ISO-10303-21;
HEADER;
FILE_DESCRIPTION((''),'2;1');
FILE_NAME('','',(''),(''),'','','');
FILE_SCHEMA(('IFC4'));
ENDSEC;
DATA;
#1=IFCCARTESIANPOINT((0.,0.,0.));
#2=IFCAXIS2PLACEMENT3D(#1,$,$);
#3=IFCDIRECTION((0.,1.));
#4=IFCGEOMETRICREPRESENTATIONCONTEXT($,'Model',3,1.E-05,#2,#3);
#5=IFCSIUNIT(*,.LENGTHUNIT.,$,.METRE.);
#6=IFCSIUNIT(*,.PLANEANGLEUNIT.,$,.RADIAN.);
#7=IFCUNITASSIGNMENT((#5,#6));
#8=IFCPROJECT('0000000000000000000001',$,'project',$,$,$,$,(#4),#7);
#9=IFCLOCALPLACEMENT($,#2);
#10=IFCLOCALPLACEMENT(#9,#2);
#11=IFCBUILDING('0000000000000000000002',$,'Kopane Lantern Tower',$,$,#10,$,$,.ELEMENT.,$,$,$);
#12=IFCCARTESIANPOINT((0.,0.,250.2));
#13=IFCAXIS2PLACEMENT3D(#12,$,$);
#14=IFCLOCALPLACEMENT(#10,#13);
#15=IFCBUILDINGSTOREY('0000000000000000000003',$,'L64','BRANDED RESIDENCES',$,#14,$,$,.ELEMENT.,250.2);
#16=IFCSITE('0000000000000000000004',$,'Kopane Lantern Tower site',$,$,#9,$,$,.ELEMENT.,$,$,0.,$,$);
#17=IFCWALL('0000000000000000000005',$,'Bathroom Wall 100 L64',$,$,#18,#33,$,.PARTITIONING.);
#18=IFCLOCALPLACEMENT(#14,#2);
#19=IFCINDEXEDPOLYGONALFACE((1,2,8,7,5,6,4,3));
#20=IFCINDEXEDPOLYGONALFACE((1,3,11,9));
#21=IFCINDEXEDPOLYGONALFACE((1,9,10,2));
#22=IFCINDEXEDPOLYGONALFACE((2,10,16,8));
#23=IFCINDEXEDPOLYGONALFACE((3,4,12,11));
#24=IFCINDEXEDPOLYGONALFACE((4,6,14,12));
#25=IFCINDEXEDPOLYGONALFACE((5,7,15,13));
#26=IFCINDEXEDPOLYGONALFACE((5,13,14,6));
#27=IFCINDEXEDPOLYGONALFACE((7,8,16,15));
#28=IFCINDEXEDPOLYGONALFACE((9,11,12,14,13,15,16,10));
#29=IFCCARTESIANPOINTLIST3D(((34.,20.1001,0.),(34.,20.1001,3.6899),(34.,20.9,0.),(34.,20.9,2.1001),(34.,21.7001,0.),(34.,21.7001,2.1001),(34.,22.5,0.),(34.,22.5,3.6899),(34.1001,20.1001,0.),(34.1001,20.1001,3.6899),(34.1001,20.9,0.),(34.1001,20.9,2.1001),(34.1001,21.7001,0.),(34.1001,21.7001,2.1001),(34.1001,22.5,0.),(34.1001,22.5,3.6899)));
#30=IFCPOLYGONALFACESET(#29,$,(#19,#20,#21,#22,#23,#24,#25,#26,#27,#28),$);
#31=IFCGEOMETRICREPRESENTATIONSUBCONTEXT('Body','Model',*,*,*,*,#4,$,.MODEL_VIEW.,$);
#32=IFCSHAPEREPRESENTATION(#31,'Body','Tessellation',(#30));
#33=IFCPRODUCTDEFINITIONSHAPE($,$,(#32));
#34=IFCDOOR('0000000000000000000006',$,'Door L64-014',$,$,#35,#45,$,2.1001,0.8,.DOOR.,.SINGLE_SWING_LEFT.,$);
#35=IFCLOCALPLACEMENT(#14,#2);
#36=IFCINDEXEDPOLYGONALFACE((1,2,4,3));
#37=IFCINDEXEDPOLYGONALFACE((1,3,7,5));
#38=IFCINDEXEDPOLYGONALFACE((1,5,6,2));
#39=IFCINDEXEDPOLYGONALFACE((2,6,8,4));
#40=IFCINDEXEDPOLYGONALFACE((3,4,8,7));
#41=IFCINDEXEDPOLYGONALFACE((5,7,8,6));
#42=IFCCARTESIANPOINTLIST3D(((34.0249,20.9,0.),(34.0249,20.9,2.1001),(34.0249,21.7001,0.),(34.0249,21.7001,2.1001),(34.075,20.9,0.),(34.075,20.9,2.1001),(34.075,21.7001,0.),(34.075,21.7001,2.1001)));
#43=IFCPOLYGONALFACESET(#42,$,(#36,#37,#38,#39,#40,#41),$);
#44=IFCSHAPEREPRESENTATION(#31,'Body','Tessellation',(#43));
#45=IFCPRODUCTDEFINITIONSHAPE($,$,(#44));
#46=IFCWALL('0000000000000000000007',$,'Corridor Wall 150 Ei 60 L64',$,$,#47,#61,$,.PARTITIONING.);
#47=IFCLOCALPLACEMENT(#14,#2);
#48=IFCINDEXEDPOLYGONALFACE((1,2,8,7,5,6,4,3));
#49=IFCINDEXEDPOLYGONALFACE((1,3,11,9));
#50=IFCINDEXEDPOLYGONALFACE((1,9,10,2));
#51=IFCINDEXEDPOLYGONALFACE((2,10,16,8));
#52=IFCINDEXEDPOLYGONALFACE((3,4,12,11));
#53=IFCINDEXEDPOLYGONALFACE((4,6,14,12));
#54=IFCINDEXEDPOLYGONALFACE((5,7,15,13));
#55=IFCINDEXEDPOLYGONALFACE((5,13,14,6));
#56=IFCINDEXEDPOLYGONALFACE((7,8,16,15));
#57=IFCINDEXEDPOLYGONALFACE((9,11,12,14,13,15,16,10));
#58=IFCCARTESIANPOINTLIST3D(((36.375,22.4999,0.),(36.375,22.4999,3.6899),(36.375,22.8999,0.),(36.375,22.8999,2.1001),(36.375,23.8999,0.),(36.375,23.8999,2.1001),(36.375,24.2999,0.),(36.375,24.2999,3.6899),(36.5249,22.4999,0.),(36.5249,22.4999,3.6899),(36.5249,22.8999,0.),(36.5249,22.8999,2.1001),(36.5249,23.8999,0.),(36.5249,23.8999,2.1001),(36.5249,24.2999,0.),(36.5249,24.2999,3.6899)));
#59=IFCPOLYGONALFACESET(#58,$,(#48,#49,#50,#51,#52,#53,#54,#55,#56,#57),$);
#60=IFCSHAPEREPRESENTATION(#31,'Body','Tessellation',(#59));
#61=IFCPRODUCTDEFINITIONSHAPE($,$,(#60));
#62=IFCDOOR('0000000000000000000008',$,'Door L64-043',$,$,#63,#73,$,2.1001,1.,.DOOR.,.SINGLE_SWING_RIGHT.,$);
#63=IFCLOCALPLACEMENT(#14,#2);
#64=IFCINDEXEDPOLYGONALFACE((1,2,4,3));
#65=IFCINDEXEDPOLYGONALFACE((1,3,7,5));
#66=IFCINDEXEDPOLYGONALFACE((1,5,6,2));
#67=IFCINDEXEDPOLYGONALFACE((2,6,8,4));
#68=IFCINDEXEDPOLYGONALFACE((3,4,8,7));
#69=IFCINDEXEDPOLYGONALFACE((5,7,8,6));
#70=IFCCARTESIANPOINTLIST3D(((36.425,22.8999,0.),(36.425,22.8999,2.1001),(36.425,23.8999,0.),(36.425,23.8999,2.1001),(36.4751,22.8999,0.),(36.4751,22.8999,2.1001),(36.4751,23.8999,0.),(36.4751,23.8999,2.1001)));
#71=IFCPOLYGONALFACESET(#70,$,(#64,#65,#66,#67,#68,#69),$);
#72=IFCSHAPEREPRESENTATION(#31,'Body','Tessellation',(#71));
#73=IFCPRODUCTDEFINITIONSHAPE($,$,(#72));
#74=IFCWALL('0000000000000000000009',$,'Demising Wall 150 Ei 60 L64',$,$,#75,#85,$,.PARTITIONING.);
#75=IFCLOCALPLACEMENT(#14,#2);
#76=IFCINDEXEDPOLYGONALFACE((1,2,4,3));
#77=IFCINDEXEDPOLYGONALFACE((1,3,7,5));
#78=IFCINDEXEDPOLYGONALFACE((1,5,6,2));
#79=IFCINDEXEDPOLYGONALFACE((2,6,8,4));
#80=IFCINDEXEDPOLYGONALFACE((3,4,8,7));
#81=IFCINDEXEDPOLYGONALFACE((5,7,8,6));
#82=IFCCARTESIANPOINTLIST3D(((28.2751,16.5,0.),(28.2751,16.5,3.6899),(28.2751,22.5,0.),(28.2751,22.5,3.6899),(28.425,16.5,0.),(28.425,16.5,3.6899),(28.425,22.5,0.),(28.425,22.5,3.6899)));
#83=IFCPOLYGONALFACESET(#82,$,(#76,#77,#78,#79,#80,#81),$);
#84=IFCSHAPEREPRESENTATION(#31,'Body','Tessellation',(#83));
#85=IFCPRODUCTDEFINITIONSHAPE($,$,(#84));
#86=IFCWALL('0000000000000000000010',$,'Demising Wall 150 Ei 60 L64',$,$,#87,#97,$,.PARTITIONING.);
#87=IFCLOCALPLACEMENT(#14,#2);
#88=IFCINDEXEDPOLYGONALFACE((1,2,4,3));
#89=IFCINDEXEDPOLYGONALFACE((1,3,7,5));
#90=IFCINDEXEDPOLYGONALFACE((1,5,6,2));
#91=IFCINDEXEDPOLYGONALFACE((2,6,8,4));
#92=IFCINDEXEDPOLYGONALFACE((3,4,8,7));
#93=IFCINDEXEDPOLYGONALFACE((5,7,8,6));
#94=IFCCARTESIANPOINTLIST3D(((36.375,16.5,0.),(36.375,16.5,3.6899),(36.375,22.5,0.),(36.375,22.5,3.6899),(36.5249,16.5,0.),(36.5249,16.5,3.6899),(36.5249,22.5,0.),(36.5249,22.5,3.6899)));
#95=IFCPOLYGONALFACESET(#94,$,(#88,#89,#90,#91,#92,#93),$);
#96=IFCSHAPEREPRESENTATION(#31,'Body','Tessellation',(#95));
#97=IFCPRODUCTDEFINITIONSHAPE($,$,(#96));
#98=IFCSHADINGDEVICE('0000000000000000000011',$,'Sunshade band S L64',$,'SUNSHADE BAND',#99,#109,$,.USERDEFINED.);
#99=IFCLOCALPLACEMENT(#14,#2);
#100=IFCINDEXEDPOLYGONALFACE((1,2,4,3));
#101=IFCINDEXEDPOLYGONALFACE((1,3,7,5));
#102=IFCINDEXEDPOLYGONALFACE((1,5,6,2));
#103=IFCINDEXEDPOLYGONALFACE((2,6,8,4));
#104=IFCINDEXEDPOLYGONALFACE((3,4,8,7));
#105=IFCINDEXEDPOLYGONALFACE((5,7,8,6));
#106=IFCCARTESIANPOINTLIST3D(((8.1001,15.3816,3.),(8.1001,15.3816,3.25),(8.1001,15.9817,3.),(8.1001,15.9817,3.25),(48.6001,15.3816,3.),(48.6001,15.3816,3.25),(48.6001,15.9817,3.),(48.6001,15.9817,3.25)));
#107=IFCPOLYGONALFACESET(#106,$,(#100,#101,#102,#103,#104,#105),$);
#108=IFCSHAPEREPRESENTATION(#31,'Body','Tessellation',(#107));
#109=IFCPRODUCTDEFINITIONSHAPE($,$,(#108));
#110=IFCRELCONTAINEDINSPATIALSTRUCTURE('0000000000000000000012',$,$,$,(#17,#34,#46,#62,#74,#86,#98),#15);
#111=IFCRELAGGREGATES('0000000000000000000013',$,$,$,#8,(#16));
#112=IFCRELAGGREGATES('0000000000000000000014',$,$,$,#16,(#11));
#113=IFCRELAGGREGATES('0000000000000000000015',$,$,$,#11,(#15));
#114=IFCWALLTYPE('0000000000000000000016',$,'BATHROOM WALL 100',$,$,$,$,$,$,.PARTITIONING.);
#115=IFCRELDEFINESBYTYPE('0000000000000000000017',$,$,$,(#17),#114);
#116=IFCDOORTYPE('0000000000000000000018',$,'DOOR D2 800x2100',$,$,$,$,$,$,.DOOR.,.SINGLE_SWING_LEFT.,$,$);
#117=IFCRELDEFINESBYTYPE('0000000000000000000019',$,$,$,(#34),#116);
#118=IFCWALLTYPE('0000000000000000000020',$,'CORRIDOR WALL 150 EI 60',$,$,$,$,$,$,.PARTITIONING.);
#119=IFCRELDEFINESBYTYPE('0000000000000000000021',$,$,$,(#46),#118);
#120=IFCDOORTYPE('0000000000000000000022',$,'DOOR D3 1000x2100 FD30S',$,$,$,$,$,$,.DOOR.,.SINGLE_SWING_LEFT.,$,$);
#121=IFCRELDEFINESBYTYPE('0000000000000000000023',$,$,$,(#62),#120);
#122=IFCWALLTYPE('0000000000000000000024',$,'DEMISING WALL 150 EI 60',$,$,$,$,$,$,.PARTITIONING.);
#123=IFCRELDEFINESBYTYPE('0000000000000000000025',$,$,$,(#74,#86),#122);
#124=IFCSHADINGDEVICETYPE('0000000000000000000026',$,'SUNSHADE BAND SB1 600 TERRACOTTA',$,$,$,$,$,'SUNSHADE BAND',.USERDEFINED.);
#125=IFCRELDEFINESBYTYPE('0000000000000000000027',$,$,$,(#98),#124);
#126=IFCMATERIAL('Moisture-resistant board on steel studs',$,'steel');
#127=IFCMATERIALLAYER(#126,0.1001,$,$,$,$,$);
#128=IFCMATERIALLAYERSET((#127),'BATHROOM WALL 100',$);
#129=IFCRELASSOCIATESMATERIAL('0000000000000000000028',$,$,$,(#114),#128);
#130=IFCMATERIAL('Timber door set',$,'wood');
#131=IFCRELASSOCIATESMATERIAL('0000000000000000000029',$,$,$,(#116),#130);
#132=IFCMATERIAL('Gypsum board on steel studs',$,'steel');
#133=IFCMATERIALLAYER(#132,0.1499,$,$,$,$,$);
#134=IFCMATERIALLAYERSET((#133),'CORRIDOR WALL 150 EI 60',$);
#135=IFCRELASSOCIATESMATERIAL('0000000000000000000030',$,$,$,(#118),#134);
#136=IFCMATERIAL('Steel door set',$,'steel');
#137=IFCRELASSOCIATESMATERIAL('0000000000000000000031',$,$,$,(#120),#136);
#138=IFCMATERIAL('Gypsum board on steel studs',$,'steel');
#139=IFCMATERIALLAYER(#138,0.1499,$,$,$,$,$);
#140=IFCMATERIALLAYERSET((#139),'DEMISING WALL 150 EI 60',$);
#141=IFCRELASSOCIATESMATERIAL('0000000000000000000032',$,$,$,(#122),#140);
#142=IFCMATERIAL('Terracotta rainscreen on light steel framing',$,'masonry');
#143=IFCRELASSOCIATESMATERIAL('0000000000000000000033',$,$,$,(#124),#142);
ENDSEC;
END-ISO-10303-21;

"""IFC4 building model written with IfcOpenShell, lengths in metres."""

from ifc_helpers import new_model, si_unit, direction, frame, frame_2d, origin, origin_2d, place, context, subcontext, project, spatial, rectangle, extrude, material, layer, layer_set, type_object, element, fill, save


model = new_model("IFC4")

# Units and contexts
model_context = context("Model", 3, precision=1e-05, world=origin(), true_north=direction((0.0, 1.0)))
body_context = subcontext(model_context, "Body", "Model", "MODEL_VIEW")
ifc_project = project(units=[si_unit("LENGTHUNIT", "METRE"), si_unit("PLANEANGLEUNIT", "RADIAN")], contexts=[model_context])

# Site, building, storey
site_placement = place(None, origin())
site = spatial("IfcSite", under=ifc_project, at=site_placement, Name="Kopane Lantern Tower site", CompositionType="ELEMENT", RefElevation=0.0)
building_placement = place(site_placement, origin())
building = spatial("IfcBuilding", under=site, at=building_placement, Name="Kopane Lantern Tower", CompositionType="ELEMENT")
storey_placement = place(building_placement, frame((0.0, 0.0, 250.2)))
storey = spatial("IfcBuildingStorey", under=building, at=storey_placement, Name="L64", Description="BRANDED RESIDENCES", CompositionType="ELEMENT", Elevation=250.2)

# Walls, openings, doors
ifc_material_1 = material(Name="Moisture-resistant board on steel studs", Category="steel")
ifc_layer_1 = layer(ifc_material_1, 0.1001)
ifc_layer_set_1 = layer_set([ifc_layer_1], Name="BATHROOM WALL 100")
wall_type_1 = type_object("IfcWallType", Name="BATHROOM WALL 100", PredefinedType="PARTITIONING", material=ifc_layer_set_1)
ifc_material_2 = material(Name="Timber door set", Category="wood")
door_type_1 = type_object("IfcDoorType", Name="DOOR D2 800x2100", OperationType="SINGLE_SWING_LEFT", PredefinedType="DOOR", material=ifc_material_2)
wall_1_placement = place(storey_placement, frame((34.05, 22.5, 0.0), z_axis=(0.0, 0.0, 1.0), x_axis=(0.0, -1.0, 0.0)))
wall_1 = element("IfcWall", 1, at=wall_1_placement, inside=storey, type_object=wall_type_1, Name="Bathroom Wall 100 L64", PredefinedType="PARTITIONING", context=body_context, shape_type="SweptSolid", body=[
    extrude(rectangle(XDim=2.3999, YDim=0.1001, at=frame_2d((1.2, 0.0))), origin(), (0.0, 0.0, 1.0), 3.6899),
])
opening_1_placement = place(wall_1_placement, frame((0.8, 0.0, 0.0)))
opening_1 = element("IfcOpeningElement", 2, at=opening_1_placement, cuts=wall_1, PredefinedType="OPENING", context=body_context, shape_type="SweptSolid", body=[
    extrude(rectangle(XDim=0.8, YDim=2.1001, at=frame_2d((0.3999, 1.05))), frame((0.0, 0.0601, 0.0), z_axis=(0.0, -1.0, 0.0), x_axis=(1.0, 0.0, 0.0)), (0.0, 0.0, 1.0), 0.1201),
])
door_1_placement = place(opening_1_placement, origin())
door_1 = element("IfcDoor", 3, at=door_1_placement, inside=storey, type_object=door_type_1, Name="Door L64-014", OperationType="SINGLE_SWING_LEFT", OverallHeight=2.1001, OverallWidth=0.8, PredefinedType="DOOR", context=body_context, shape_type="SweptSolid", body=[
    extrude(rectangle(XDim=0.8, YDim=2.1001, at=frame_2d((0.3999, 1.05))), frame((0.0, 0.0249, 0.0), z_axis=(0.0, -1.0, 0.0), x_axis=(1.0, 0.0, 0.0)), (0.0, 0.0, 1.0), 0.05),
])
fill(opening_1, door_1)
ifc_material_3 = material(Name="Gypsum board on steel studs", Category="steel")
ifc_layer_2 = layer(ifc_material_3, 0.1499)
ifc_layer_set_2 = layer_set([ifc_layer_2], Name="CORRIDOR WALL 150 EI 60")
wall_type_2 = type_object("IfcWallType", Name="CORRIDOR WALL 150 EI 60", PredefinedType="PARTITIONING", material=ifc_layer_set_2)
wall_2_placement = place(storey_placement, frame((36.45, 22.5, 0.0), z_axis=(0.0, 0.0, 1.0), x_axis=(0.0, 1.0, 0.0)))
wall_2 = element("IfcWall", 4, at=wall_2_placement, inside=storey, type_object=wall_type_2, Name="Corridor Wall 150 Ei 60 L64", PredefinedType="PARTITIONING", context=body_context, shape_type="SweptSolid", body=[
    extrude(rectangle(XDim=1.8, YDim=0.1499, at=frame_2d((0.8999, 0.0))), origin(), (0.0, 0.0, 1.0), 3.6899),
])
opening_2_placement = place(wall_2_placement, frame((0.3999, 0.0, 0.0)))
opening_2 = element("IfcOpeningElement", 5, at=opening_2_placement, cuts=wall_2, PredefinedType="OPENING", context=body_context, shape_type="SweptSolid", body=[
    extrude(rectangle(XDim=1.0, YDim=2.1001, at=frame_2d((0.5, 1.05))), frame((0.0, 0.085, 0.0), z_axis=(0.0, -1.0, 0.0), x_axis=(1.0, 0.0, 0.0)), (0.0, 0.0, 1.0), 0.1699),
])
ifc_material_4 = material(Name="Steel door set", Category="steel")
door_type_2 = type_object("IfcDoorType", Name="DOOR D3 1000x2100 FD30S", OperationType="SINGLE_SWING_LEFT", PredefinedType="DOOR", material=ifc_material_4)
door_2_placement = place(opening_2_placement, origin())
door_2 = element("IfcDoor", 6, at=door_2_placement, inside=storey, type_object=door_type_2, Name="Door L64-043", OperationType="SINGLE_SWING_RIGHT", OverallHeight=2.1001, OverallWidth=1.0, PredefinedType="DOOR", context=body_context, shape_type="SweptSolid", body=[
    extrude(rectangle(XDim=1.0, YDim=2.1001, at=frame_2d((0.5, 1.05))), frame((0.0, 0.0249, 0.0), z_axis=(0.0, -1.0, 0.0), x_axis=(1.0, 0.0, 0.0)), (0.0, 0.0, 1.0), 0.05),
])
fill(opening_2, door_2)

# Walls
ifc_material_5 = material(Name="Gypsum board on steel studs", Category="steel")
ifc_layer_3 = layer(ifc_material_5, 0.1499)
ifc_layer_set_3 = layer_set([ifc_layer_3], Name="DEMISING WALL 150 EI 60")
wall_type_3 = type_object("IfcWallType", Name="DEMISING WALL 150 EI 60", PredefinedType="PARTITIONING", material=ifc_layer_set_3)
for number, where, z_axis, x_axis, name in (
    (7, (28.3501, 22.5, 0.0), (0.0, 0.0, 1.0), (0.0, -1.0, 0.0), "Demising Wall 150 Ei 60 L64"),
    (8, (36.45, 16.5, 0.0), (0.0, 0.0, 1.0), (0.0, 1.0, 0.0), "Demising Wall 150 Ei 60 L64"),
):
    element("IfcWall", number, at=place(storey_placement, frame(where, z_axis=z_axis, x_axis=x_axis)), inside=storey, type_object=wall_type_3, Name=name, PredefinedType="PARTITIONING", context=body_context, shape_type="SweptSolid", body=[
        extrude(rectangle(XDim=6.0, YDim=0.1499, at=frame_2d((3.0, 0.0))), origin(), (0.0, 0.0, 1.0), 3.6899),
    ])

# Shading device
ifc_material_6 = material(Name="Terracotta rainscreen on light steel framing", Category="masonry")
shading_device_type = type_object("IfcShadingDeviceType", Name="SUNSHADE BAND SB1 600 TERRACOTTA", ElementType="SUNSHADE BAND", PredefinedType="USERDEFINED", material=ifc_material_6)
shading_device_placement = place(storey_placement, frame((28.3501, 15.6816, 3.0), z_axis=(0.0, 0.0, 1.0), x_axis=(1.0, 0.0, 0.0)))
element("IfcShadingDevice", 9, at=shading_device_placement, inside=storey, type_object=shading_device_type, Name="Sunshade band S L64", ObjectType="SUNSHADE BAND", PredefinedType="USERDEFINED", context=body_context, shape_type="SweptSolid", body=[
    extrude(rectangle(XDim=40.5, YDim=0.6001, at=origin_2d()), origin(), (0.0, 0.0, 1.0), 0.25),
])

save(model, "model.ifc")
